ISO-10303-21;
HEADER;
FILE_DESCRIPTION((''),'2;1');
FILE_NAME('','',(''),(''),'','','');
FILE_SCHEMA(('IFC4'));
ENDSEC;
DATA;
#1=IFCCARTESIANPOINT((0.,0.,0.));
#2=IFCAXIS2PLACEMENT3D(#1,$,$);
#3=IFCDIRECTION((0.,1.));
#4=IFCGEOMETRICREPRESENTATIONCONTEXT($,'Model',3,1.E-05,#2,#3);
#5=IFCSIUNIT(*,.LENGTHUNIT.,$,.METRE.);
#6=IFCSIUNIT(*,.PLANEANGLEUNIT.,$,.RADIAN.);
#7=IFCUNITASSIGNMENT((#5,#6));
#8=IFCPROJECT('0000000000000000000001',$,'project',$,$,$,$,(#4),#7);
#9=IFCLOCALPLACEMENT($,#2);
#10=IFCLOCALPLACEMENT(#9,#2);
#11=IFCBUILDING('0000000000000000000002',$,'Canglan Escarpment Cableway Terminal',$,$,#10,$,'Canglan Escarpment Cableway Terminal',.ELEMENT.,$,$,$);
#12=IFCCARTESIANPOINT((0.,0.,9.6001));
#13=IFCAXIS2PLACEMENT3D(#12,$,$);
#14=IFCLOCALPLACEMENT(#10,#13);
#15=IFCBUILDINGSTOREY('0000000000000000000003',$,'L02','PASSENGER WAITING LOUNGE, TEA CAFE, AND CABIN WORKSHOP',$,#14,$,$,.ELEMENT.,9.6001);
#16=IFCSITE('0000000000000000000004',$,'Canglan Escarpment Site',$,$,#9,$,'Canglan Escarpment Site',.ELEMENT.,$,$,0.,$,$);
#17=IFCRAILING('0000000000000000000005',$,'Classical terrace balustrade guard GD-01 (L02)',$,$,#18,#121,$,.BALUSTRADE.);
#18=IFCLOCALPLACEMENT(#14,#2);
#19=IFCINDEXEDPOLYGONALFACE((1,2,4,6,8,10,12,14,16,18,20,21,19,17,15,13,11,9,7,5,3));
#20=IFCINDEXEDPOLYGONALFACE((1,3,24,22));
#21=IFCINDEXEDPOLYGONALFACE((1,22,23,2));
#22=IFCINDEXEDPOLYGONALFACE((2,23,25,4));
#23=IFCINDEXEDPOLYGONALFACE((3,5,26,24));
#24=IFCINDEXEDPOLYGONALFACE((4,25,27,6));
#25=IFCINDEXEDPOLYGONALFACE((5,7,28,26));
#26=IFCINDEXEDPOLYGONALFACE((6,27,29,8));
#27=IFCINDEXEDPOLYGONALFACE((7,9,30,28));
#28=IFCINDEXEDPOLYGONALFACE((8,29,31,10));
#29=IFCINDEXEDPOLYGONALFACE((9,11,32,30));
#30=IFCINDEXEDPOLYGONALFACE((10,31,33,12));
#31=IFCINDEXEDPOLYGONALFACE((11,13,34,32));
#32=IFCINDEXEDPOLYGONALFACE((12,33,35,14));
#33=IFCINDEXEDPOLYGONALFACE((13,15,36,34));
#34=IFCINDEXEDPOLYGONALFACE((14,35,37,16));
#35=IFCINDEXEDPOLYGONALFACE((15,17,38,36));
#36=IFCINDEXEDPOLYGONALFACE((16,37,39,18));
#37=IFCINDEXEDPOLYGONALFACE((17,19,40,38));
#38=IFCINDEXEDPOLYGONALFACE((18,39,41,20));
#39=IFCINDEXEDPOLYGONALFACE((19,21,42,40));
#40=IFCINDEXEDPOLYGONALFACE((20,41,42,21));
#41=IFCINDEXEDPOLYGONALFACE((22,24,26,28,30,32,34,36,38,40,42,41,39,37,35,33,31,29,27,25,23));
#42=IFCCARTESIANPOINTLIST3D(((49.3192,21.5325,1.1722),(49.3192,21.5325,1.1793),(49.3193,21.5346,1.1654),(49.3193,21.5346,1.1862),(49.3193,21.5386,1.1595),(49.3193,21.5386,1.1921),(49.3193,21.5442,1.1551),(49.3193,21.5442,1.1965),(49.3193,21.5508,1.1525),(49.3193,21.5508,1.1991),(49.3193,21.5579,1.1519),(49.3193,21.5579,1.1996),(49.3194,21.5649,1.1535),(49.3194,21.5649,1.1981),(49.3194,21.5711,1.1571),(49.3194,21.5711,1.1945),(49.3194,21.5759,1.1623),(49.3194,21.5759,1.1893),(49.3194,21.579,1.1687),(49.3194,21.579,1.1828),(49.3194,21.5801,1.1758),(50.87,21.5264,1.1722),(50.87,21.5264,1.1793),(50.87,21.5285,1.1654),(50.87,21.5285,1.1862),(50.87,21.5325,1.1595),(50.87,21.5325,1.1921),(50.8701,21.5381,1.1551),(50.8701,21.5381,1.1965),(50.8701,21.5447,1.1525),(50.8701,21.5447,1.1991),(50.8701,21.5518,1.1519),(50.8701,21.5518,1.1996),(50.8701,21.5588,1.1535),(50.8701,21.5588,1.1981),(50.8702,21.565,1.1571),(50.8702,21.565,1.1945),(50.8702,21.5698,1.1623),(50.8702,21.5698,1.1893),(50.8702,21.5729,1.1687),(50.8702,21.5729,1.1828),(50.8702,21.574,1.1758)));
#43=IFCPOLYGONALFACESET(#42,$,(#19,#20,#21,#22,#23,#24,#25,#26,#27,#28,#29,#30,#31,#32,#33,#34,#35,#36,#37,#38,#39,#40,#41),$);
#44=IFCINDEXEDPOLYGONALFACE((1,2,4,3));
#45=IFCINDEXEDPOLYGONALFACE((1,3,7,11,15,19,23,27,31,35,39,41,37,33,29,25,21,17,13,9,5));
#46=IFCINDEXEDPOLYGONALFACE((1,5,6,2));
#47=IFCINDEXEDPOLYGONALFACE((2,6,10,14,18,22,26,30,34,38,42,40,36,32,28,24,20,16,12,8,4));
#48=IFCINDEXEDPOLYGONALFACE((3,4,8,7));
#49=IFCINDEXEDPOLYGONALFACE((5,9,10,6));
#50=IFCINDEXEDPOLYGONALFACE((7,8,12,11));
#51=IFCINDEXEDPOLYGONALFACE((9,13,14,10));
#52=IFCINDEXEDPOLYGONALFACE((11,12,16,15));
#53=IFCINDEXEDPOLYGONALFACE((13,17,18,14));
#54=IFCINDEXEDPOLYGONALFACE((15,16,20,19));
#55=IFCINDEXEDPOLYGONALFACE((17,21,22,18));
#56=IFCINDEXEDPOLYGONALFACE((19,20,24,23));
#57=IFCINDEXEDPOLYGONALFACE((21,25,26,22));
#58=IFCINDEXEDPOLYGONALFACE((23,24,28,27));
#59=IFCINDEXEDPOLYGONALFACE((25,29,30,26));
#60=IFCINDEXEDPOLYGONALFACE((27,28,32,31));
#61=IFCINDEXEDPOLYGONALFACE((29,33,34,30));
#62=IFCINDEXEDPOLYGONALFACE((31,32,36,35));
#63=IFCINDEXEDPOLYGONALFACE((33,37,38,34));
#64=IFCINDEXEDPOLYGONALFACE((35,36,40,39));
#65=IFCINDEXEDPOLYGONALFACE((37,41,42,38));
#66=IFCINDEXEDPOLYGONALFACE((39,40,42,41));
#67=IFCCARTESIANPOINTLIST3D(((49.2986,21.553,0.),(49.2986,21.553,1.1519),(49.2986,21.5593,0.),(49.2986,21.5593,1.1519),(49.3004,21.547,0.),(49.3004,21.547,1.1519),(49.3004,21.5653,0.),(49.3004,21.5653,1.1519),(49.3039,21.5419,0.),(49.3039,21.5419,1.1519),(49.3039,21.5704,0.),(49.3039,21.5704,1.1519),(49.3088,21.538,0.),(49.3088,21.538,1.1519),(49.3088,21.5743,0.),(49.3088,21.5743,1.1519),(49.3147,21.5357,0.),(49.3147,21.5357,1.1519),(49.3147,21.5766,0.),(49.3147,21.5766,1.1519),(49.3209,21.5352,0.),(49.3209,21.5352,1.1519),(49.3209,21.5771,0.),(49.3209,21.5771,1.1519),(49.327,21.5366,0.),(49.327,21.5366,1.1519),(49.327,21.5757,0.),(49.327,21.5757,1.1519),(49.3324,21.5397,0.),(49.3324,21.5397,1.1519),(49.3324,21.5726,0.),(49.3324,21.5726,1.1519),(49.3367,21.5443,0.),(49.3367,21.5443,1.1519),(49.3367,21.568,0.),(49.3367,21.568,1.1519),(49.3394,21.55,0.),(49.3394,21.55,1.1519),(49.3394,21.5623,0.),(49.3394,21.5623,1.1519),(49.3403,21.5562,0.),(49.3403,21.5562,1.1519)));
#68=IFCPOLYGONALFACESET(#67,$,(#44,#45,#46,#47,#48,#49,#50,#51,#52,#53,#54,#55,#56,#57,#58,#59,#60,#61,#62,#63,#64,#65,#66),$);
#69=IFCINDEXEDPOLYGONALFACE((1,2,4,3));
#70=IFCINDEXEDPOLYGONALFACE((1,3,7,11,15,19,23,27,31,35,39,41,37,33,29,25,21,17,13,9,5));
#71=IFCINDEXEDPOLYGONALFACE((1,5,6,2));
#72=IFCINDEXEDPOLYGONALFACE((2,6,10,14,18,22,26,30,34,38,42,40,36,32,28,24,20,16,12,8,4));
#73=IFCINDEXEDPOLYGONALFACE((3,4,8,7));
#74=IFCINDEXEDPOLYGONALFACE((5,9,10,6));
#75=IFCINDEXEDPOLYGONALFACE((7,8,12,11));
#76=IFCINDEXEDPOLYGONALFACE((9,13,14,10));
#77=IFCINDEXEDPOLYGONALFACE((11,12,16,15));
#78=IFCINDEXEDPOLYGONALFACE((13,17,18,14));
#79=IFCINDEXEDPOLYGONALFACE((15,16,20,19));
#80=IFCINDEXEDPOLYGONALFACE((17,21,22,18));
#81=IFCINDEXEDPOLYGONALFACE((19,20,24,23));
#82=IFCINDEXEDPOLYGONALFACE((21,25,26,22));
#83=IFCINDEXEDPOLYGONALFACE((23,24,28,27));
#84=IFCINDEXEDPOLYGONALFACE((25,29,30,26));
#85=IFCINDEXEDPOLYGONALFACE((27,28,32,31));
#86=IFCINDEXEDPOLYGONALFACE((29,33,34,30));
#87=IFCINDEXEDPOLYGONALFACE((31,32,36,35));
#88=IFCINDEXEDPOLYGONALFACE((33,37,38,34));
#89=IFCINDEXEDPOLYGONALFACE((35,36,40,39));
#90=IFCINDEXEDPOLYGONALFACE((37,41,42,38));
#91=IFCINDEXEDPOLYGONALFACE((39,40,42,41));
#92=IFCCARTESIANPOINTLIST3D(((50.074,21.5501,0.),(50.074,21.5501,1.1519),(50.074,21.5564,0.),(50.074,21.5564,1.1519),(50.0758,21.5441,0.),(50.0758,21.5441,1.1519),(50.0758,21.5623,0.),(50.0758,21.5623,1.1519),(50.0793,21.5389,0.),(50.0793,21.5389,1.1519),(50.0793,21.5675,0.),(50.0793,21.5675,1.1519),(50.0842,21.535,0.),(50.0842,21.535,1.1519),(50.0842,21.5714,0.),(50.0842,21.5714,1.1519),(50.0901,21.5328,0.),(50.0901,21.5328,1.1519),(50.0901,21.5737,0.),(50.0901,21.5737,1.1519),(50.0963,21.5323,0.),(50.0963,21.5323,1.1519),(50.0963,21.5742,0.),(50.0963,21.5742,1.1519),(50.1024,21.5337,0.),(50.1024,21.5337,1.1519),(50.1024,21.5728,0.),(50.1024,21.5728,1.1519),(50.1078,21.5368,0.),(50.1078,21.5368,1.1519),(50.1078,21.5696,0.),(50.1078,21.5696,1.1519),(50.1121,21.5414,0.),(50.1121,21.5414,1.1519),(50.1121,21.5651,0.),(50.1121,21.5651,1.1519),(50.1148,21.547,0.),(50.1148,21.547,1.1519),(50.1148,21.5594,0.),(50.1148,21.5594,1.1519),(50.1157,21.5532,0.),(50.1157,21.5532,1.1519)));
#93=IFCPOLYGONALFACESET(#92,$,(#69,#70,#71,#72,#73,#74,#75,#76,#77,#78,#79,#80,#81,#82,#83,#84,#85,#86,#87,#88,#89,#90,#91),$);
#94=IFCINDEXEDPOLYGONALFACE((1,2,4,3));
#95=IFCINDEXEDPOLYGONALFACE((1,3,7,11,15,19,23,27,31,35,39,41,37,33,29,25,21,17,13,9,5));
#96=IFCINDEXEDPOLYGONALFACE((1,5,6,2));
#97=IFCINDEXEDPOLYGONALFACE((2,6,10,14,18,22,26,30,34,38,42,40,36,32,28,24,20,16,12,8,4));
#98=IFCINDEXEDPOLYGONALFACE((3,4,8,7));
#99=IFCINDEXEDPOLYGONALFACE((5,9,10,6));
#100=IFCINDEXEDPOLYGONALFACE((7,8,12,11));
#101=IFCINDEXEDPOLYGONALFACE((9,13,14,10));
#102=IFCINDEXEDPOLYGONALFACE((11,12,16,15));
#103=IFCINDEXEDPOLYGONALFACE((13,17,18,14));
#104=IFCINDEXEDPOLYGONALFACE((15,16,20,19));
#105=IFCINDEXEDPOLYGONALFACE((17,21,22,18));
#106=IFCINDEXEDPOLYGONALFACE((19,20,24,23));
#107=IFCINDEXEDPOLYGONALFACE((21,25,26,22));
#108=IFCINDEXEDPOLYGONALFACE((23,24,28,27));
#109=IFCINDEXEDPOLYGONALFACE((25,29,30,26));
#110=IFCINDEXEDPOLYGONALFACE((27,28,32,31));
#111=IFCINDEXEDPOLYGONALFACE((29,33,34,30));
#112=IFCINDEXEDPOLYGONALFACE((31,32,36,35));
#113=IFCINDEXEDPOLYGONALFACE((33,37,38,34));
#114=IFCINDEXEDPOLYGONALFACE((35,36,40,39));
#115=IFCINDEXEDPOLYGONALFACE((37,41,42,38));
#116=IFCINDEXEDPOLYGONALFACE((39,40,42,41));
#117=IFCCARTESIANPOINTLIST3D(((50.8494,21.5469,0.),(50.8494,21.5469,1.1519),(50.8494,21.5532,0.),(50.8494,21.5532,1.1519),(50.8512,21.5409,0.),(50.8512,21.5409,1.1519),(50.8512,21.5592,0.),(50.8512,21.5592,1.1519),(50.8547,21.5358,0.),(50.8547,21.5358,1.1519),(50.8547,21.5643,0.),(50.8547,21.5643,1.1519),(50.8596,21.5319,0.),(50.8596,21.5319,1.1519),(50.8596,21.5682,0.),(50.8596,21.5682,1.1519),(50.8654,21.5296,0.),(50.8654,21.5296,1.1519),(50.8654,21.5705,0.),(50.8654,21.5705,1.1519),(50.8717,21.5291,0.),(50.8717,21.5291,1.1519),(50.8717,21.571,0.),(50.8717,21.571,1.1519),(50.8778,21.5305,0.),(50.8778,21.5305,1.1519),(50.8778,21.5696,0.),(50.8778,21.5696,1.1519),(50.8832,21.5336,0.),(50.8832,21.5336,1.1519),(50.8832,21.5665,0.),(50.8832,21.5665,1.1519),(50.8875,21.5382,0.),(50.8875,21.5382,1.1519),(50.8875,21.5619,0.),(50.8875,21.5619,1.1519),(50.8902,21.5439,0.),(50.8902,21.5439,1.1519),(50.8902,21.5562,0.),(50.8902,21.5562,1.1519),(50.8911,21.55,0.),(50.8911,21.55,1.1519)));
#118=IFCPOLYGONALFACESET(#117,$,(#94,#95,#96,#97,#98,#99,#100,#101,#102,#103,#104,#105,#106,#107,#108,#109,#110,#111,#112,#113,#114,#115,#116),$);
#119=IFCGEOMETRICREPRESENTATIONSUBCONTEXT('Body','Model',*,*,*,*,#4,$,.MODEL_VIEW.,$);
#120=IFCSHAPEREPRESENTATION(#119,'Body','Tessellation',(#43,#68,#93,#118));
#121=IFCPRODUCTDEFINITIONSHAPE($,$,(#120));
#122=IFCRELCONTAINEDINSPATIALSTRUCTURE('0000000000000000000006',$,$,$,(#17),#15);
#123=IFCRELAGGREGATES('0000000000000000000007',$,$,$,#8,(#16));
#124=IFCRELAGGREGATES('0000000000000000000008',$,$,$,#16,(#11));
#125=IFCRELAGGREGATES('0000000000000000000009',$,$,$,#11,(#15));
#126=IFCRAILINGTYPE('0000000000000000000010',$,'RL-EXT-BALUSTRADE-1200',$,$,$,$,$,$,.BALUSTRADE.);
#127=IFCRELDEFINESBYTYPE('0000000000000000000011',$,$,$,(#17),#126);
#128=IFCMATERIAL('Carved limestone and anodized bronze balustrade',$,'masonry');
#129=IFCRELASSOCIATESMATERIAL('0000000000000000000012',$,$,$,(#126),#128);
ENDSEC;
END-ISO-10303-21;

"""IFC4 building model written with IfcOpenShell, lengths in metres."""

from ifc_helpers import new_model, si_unit, direction, frame, origin, origin_2d, place, context, subcontext, project, spatial, circle, extrude, material, type_object, element, save


model = new_model("IFC4")

# Units and contexts
model_context = context("Model", 3, precision=1e-05, world=origin(), true_north=direction((0.0, 1.0)))
body_context = subcontext(model_context, "Body", "Model", "MODEL_VIEW")
ifc_project = project(units=[si_unit("LENGTHUNIT", "METRE"), si_unit("PLANEANGLEUNIT", "RADIAN")], contexts=[model_context])

# Site, building, storey
site_placement = place(None, origin())
site = spatial("IfcSite", under=ifc_project, at=site_placement, Name="Canglan Escarpment Site", LongName="Canglan Escarpment Site", CompositionType="ELEMENT", RefElevation=0.0)
building_placement = place(site_placement, origin())
building = spatial("IfcBuilding", under=site, at=building_placement, Name="Canglan Escarpment Cableway Terminal", LongName="Canglan Escarpment Cableway Terminal", CompositionType="ELEMENT")
storey_placement = place(building_placement, frame((0.0, 0.0, 9.6001)))
storey = spatial("IfcBuildingStorey", under=building, at=storey_placement, Name="L02", Description="PASSENGER WAITING LOUNGE, TEA CAFE, AND CABIN WORKSHOP", CompositionType="ELEMENT", Elevation=9.6001)

# Railing
ifc_material_1 = material(Name="Carved limestone and anodized bronze balustrade", Category="masonry")
railing_type = type_object("IfcRailingType", Name="RL-EXT-BALUSTRADE-1200", PredefinedType="BALUSTRADE", material=ifc_material_1)
railing_1_placement = place(storey_placement, frame((49.3193, 21.5562, 0.0)))
element("IfcRailing", 1, at=railing_1_placement, inside=storey, type_object=railing_type, Name="Classical terrace balustrade guard GD-01 (L02)", PredefinedType="BALUSTRADE", context=body_context, shape_type="SweptSolid", body=[
    extrude(circle(Radius=0.0239, at=origin_2d()), frame((0.0, 0.0, 1.1758), z_axis=(0.999992, -0.003936, 0.0), x_axis=(0.003936, 0.999992, 0.0)), (0.0, 0.0, 1.0), 1.5508),
    extrude(circle(Radius=0.021, at=origin_2d()), origin(), (0.0, 0.0, 1.0), 1.1519),
    extrude(circle(Radius=0.021, at=origin_2d()), frame((0.7754, -0.0029, 0.0)), (0.0, 0.0, 1.0), 1.1519),
    extrude(circle(Radius=0.021, at=origin_2d()), frame((1.5508, -0.0061, 0.0)), (0.0, 0.0, 1.0), 1.1519),
])

save(model, "model.ifc")
